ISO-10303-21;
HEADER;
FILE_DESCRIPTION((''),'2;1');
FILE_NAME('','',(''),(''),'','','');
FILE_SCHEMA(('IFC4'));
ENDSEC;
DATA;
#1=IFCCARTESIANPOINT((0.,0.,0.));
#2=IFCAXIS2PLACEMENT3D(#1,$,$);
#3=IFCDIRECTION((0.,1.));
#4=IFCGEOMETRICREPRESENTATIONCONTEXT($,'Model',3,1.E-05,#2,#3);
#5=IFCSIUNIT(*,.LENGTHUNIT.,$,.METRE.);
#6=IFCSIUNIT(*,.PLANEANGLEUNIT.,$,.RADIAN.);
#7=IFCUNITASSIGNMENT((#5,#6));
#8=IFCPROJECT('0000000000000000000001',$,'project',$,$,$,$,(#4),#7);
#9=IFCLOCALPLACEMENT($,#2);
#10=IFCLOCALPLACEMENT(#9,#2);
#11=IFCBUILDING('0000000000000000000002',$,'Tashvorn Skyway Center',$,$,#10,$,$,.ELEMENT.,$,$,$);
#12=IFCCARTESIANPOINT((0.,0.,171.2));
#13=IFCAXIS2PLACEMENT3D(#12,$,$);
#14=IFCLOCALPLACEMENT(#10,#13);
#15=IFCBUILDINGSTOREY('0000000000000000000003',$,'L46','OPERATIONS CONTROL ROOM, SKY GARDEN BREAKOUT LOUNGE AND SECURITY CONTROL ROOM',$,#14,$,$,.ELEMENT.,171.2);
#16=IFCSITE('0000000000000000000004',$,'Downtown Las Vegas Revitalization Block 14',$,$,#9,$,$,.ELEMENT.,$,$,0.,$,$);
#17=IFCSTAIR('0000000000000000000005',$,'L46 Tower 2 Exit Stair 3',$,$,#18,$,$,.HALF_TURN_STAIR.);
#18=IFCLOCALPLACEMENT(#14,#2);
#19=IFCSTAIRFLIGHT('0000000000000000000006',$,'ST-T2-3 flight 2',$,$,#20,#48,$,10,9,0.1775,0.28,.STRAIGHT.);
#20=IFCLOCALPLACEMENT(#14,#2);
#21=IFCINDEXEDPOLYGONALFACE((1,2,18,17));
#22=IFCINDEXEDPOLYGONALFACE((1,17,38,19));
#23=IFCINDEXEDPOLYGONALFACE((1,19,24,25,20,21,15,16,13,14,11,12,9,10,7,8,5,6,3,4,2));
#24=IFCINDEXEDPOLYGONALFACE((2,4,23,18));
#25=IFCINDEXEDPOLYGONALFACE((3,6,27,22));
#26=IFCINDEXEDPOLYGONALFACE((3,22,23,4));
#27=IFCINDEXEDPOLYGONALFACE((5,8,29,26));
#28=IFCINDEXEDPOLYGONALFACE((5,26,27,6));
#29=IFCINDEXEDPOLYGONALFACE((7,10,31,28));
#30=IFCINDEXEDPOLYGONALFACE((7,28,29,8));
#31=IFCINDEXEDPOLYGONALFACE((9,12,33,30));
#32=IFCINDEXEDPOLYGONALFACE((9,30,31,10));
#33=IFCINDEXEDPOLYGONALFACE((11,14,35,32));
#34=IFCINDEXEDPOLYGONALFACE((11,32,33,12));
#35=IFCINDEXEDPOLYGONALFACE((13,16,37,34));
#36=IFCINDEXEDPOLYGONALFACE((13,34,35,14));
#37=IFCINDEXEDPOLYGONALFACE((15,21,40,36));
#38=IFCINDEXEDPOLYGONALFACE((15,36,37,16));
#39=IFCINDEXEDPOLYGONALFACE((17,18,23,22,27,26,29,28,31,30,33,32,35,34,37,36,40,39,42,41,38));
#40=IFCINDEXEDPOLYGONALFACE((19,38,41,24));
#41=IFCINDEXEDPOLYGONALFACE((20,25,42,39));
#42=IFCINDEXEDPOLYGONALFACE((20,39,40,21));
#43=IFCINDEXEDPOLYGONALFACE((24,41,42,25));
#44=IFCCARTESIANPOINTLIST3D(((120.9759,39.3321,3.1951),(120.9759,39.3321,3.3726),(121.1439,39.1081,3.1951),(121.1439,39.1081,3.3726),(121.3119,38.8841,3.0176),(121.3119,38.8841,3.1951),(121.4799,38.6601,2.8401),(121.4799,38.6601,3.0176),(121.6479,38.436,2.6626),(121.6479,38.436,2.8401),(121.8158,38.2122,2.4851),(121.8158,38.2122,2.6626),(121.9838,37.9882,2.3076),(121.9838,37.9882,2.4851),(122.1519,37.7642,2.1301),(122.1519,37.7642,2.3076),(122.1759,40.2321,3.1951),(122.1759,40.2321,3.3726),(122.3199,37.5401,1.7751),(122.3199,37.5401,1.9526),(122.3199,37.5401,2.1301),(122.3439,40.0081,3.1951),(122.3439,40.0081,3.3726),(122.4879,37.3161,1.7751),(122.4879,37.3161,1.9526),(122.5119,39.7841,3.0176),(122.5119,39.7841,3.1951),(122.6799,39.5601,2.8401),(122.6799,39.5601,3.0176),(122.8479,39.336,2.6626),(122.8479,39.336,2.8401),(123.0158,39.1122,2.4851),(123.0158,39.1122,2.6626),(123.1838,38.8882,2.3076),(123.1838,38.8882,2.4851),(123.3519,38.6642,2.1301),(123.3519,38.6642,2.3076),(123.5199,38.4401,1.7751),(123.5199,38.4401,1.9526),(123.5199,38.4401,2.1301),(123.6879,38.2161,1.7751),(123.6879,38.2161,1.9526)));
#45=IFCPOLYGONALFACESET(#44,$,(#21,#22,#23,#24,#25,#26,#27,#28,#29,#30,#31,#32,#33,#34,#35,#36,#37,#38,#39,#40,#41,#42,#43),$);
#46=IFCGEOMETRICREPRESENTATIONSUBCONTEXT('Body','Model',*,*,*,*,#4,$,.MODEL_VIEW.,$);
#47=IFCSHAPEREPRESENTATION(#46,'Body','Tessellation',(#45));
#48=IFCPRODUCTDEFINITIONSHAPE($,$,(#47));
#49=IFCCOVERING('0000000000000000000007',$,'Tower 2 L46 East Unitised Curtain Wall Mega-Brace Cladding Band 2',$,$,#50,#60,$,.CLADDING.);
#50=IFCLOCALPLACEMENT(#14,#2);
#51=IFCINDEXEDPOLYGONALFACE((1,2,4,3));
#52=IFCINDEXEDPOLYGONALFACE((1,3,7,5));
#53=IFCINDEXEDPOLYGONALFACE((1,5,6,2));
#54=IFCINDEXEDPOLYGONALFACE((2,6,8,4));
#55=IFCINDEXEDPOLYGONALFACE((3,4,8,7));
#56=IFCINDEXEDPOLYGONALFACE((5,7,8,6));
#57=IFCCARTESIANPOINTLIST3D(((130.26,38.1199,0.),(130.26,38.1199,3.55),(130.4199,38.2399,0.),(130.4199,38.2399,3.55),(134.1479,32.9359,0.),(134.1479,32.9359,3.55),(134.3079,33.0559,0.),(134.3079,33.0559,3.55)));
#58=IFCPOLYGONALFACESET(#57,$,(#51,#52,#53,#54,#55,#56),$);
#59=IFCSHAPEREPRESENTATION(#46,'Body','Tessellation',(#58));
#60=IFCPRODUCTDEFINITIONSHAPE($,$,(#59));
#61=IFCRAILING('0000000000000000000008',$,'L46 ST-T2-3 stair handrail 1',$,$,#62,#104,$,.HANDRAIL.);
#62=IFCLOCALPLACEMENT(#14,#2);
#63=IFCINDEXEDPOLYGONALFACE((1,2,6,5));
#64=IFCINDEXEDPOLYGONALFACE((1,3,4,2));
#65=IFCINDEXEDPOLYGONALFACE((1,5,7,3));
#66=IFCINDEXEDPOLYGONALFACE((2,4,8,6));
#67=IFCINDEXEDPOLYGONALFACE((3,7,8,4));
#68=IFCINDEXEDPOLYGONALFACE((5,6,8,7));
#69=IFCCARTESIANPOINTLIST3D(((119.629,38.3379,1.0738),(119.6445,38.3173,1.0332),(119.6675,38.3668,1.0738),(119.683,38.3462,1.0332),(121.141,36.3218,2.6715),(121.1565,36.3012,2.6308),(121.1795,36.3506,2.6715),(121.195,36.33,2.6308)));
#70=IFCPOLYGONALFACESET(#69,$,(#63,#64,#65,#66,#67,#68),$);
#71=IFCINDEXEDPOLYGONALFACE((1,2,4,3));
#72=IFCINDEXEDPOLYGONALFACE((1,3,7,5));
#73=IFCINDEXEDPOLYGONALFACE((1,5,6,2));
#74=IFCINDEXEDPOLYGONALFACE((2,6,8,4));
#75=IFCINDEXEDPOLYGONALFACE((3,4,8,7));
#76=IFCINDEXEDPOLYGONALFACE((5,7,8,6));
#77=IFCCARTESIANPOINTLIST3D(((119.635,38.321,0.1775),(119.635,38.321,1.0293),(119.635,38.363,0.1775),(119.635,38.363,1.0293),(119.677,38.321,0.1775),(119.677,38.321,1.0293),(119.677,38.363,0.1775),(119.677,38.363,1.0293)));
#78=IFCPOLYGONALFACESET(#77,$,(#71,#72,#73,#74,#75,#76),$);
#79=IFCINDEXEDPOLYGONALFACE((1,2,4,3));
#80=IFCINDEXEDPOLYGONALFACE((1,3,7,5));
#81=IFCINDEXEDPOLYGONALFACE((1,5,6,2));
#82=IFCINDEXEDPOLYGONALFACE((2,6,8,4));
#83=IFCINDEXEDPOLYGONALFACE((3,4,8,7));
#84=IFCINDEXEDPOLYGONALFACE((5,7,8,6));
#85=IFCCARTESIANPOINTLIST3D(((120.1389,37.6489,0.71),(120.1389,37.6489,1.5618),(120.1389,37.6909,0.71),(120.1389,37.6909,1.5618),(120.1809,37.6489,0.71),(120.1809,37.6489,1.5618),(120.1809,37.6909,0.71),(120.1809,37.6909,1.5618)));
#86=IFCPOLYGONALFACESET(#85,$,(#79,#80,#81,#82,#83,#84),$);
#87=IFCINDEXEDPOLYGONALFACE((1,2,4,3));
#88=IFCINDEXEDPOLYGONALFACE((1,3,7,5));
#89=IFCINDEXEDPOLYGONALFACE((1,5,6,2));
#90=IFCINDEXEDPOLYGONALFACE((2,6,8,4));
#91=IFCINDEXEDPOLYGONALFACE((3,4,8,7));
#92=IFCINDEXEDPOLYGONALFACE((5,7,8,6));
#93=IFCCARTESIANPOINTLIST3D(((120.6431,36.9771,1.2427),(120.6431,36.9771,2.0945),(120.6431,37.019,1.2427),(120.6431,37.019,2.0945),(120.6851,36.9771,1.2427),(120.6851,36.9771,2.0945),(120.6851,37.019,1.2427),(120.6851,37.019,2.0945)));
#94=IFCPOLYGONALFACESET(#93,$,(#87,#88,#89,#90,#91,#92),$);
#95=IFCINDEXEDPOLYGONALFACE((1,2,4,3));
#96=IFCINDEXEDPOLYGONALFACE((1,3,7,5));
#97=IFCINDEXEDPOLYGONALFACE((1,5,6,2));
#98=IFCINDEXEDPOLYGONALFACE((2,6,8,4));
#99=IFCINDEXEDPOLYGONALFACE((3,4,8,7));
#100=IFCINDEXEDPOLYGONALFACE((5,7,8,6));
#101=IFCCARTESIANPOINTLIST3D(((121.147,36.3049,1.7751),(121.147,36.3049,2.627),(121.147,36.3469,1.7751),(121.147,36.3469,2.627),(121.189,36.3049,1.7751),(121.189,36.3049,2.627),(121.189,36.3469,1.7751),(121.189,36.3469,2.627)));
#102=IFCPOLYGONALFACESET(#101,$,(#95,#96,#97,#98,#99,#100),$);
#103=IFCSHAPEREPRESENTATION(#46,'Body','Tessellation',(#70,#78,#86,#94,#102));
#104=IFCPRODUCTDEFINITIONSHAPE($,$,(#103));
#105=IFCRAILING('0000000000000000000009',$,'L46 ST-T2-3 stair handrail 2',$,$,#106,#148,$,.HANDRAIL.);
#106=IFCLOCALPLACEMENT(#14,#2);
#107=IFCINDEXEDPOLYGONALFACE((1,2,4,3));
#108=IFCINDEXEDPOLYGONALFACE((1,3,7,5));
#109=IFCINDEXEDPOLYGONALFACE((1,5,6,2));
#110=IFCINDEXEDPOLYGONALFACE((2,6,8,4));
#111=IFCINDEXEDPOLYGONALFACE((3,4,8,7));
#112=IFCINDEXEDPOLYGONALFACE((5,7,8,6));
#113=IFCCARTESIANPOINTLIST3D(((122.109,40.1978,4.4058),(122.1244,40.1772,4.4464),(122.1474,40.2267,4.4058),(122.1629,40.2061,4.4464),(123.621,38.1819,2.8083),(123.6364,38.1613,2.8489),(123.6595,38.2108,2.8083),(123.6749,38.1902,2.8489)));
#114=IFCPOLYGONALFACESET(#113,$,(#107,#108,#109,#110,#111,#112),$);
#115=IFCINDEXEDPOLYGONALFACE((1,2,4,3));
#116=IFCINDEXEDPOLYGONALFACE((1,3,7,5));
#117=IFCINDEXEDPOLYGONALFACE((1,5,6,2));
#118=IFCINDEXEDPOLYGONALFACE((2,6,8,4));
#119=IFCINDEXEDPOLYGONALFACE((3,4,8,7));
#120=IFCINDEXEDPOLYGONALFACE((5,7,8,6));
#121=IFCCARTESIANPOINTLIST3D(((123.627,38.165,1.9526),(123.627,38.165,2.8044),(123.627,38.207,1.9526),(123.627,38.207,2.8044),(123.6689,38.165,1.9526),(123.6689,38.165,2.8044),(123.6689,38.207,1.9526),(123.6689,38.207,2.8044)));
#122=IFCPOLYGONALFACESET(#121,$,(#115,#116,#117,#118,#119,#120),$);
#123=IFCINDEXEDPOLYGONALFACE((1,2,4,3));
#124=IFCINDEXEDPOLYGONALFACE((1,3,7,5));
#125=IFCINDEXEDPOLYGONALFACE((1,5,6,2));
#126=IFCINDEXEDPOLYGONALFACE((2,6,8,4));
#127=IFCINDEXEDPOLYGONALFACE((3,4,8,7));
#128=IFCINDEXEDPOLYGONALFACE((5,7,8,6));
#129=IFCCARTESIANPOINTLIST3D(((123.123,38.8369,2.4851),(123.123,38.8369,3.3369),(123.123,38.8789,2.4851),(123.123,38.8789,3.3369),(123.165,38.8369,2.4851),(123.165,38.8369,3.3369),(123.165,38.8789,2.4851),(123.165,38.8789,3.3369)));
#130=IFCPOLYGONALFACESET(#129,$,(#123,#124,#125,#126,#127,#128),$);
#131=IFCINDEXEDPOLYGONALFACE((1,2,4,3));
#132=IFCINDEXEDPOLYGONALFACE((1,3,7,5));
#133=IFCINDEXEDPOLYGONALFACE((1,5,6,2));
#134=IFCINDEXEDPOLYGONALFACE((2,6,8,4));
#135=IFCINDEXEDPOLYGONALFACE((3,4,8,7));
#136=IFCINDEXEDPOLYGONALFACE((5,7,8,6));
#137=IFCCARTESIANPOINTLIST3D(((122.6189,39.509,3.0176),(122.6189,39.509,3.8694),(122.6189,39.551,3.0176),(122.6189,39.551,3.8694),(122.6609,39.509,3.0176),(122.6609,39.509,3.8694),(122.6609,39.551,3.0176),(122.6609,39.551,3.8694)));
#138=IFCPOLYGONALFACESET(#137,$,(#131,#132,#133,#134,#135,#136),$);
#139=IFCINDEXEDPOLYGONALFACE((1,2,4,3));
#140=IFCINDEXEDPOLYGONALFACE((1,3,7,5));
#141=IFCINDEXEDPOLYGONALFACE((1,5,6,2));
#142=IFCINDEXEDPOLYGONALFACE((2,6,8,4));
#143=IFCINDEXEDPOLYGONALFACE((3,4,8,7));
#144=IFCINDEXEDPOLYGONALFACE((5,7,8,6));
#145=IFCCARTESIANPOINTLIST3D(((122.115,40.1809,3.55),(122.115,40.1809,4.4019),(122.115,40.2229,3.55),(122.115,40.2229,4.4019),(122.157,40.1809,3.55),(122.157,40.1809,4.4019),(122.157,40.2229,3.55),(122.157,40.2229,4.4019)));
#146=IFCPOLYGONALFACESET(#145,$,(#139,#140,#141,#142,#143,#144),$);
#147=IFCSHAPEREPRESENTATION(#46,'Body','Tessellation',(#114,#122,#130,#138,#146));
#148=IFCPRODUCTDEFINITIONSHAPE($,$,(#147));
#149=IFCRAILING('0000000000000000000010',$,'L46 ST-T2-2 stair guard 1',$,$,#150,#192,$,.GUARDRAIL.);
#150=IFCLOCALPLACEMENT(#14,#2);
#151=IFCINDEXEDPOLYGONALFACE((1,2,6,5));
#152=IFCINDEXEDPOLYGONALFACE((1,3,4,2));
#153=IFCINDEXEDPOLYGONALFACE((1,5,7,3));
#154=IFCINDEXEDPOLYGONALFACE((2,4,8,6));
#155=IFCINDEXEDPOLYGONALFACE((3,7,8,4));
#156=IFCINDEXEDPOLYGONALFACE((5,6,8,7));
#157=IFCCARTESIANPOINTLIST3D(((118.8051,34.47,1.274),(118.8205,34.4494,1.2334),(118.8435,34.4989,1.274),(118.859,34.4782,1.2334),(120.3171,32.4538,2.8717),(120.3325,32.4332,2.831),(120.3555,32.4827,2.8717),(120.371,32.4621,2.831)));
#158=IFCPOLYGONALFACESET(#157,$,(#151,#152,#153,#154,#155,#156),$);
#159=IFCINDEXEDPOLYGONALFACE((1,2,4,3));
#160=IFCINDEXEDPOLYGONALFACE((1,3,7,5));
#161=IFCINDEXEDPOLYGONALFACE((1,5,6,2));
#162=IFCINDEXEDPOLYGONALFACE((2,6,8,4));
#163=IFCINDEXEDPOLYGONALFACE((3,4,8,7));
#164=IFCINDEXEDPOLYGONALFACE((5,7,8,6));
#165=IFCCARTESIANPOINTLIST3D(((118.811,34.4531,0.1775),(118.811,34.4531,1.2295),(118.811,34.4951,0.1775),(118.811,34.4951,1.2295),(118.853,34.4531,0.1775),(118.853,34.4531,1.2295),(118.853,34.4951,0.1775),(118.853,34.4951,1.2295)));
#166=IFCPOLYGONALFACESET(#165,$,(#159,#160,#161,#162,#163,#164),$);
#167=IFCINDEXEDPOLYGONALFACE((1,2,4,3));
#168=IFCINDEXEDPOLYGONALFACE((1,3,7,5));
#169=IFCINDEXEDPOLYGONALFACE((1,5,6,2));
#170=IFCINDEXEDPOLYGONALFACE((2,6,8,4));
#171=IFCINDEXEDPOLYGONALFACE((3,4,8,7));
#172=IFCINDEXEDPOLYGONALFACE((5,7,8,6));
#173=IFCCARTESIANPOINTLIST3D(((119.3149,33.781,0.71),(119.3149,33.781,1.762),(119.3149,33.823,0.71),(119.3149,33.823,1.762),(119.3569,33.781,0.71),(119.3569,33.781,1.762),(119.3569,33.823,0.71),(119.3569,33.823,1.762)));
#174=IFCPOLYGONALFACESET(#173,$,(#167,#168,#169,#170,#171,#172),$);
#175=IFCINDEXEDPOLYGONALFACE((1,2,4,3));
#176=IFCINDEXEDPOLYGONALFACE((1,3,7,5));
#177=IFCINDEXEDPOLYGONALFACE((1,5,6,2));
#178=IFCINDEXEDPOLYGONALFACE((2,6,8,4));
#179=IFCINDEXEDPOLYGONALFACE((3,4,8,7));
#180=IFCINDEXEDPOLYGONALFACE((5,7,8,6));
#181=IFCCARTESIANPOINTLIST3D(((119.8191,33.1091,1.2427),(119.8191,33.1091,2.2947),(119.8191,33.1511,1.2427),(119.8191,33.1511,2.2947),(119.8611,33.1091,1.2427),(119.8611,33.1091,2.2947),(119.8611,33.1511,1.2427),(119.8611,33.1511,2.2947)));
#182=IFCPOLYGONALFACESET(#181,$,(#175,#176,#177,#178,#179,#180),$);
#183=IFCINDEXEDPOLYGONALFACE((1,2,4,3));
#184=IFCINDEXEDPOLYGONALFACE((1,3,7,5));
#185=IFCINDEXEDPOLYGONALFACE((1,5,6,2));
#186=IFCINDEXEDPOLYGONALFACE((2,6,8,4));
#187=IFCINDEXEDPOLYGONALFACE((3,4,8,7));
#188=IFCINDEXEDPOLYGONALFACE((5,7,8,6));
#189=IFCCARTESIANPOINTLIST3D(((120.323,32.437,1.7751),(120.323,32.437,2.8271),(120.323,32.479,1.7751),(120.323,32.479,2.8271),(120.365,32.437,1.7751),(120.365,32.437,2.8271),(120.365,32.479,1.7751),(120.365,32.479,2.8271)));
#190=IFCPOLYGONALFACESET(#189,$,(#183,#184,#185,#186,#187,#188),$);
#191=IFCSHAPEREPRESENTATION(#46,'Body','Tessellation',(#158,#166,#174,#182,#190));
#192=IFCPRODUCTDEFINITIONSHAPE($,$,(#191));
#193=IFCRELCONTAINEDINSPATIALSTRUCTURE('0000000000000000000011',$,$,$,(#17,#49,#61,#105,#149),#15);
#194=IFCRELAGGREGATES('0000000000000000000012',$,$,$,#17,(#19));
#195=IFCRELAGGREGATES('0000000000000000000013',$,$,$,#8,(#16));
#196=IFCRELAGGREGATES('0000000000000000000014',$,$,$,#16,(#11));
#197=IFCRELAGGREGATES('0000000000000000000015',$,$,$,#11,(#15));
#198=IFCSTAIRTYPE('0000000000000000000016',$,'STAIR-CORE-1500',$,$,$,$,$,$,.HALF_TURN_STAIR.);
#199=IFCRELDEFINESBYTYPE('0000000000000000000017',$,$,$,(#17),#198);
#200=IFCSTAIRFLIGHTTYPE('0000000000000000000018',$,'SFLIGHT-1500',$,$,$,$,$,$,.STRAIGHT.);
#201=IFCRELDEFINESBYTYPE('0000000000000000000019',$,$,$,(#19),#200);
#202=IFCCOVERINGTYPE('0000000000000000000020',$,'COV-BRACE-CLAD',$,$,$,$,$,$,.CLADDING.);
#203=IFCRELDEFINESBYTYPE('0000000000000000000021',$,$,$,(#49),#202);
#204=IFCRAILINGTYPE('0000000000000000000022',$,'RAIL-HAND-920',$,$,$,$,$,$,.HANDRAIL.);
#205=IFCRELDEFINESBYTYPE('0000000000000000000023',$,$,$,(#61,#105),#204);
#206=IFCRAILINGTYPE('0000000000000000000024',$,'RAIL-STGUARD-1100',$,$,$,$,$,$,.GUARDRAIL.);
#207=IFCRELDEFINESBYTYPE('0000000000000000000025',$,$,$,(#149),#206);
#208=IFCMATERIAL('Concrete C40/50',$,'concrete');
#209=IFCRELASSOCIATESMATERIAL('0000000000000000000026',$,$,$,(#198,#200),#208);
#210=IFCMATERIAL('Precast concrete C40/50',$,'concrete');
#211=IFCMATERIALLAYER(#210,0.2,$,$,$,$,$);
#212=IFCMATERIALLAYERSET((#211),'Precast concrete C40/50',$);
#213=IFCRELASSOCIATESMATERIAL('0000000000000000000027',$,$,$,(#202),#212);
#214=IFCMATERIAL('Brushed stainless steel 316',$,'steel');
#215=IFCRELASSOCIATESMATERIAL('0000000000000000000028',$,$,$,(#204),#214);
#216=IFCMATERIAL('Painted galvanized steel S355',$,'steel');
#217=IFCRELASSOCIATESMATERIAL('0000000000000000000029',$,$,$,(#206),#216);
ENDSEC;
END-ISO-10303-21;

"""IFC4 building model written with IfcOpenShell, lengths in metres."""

from ifc_helpers import new_model, si_unit, direction, frame, origin, origin_2d, place, context, subcontext, project, spatial, polyline, rectangle, outline, extrude, material, layer, layer_set, type_object, element, aggregate, save


model = new_model("IFC4")

# Units and contexts
model_context = context("Model", 3, precision=1e-05, world=origin(), true_north=direction((0.0, 1.0)))
body_context = subcontext(model_context, "Body", "Model", "MODEL_VIEW")
ifc_project = project(units=[si_unit("LENGTHUNIT", "METRE"), si_unit("PLANEANGLEUNIT", "RADIAN")], contexts=[model_context])

# Site, building, storey
site_placement = place(None, origin())
site = spatial("IfcSite", under=ifc_project, at=site_placement, Name="Downtown Las Vegas Revitalization Block 14", CompositionType="ELEMENT", RefElevation=0.0)
building_placement = place(site_placement, origin())
building = spatial("IfcBuilding", under=site, at=building_placement, Name="Tashvorn Skyway Center", CompositionType="ELEMENT")
storey_placement = place(building_placement, frame((0.0, 0.0, 171.2)))
storey = spatial("IfcBuildingStorey", under=building, at=storey_placement, Name="L46", Description="OPERATIONS CONTROL ROOM, SKY GARDEN BREAKOUT LOUNGE AND SECURITY CONTROL ROOM", CompositionType="ELEMENT", Elevation=171.2)

# Shared definitions
ifc_material_1 = material(Name="Concrete C40/50", Category="concrete")

# Shared definitions
stair_type = type_object("IfcStairType", Name="STAIR-CORE-1500", PredefinedType="HALF_TURN_STAIR", material=ifc_material_1)
stair_flight_type = type_object("IfcStairFlightType", Name="SFLIGHT-1500", PredefinedType="STRAIGHT", material=ifc_material_1)

# Stair, stair flight
stair_1_placement = place(storey_placement, origin())
stair_1 = element("IfcStair", 1, at=stair_1_placement, inside=storey, type_object=stair_type, Name="L46 Tower 2 Exit Stair 3", PredefinedType="HALF_TURN_STAIR")
stair_flight_1_placement = place(storey_placement, frame((123.0879, 37.7661, 1.7751), z_axis=(0.0, 0.0, 1.0), x_axis=(-0.6, 0.8, 0.0)))
stair_flight_1 = element("IfcStairFlight", 2, at=stair_flight_1_placement, type_object=stair_flight_type, Name="ST-T2-3 flight 2", NumberOfRisers=10, NumberOfTreads=9, PredefinedType="STRAIGHT", RiserHeight=0.1775, TreadLength=0.28, context=body_context, shape_type="SweptSolid", body=[
    extrude(outline(polyline([(0.0, 0.0), (0.0, 0.1775), (0.28, 0.1775), (0.28, 0.355), (0.5601, 0.355), (0.5601, 0.5325), (0.8401, 0.5325), (0.8401, 0.71), (1.1201, 0.71), (1.1201, 0.8875), (1.3999, 0.8875), (1.3999, 1.0649), (1.6799, 1.0649), (1.6799, 1.2424), (1.96, 1.2424), (1.96, 1.4199), (2.24, 1.4199), (2.24, 1.5974), (2.52, 1.5974), (2.52, 1.7749), (2.52, 1.4199), (0.28, 0.0), (0.0, 0.0)])), frame((0.0, 0.75, 0.0), z_axis=(0.0, -1.0, 0.0), x_axis=(1.0, 0.0, 0.0)), (0.0, 0.0, 1.0), 1.5),
])
aggregate(stair_1, [stair_flight_1])

# Covering
ifc_material_2 = material(Name="Precast concrete C40/50", Category="concrete")
ifc_layer_1 = layer(ifc_material_2, 0.2)
ifc_layer_set_1 = layer_set([ifc_layer_1], Name="Precast concrete C40/50")
covering_type = type_object("IfcCoveringType", Name="COV-BRACE-CLAD", PredefinedType="CLADDING", material=ifc_layer_set_1)
covering_placement = place(storey_placement, frame((132.2839, 35.5879, 0.0), z_axis=(0.0, 0.0, 1.0), x_axis=(0.6, -0.8, 0.0)))
element("IfcCovering", 3, at=covering_placement, inside=storey, type_object=covering_type, Name="Tower 2 L46 East Unitised Curtain Wall Mega-Brace Cladding Band 2", PredefinedType="CLADDING", context=body_context, shape_type="SweptSolid", body=[
    extrude(rectangle(XDim=6.48, YDim=0.2, at=origin_2d()), origin(), (0.0, 0.0, 1.0), 3.55),
])

# Railings
ifc_material_3 = material(Name="Brushed stainless steel 316", Category="steel")
railing_type_1 = type_object("IfcRailingType", Name="RAIL-HAND-920", PredefinedType="HANDRAIL", material=ifc_material_3)
railing_1_placement = place(storey_placement, frame((119.656, 38.342, 0.1775)))
element("IfcRailing", 4, at=railing_1_placement, inside=storey, type_object=railing_type_1, Name="L46 ST-T2-3 stair handrail 1", PredefinedType="HANDRAIL", context=body_context, shape_type="SweptSolid", body=[
    extrude(rectangle(XDim=0.0481, YDim=0.0481, at=origin_2d()), frame((0.0, 0.0, 0.876), z_axis=(0.506719, -0.675679, 0.535438), x_axis=(0.800023, 0.599969, 0.0)), (0.0, 0.0, 1.0), 2.9839),
    extrude(rectangle(XDim=0.042, YDim=0.042, at=origin_2d()), origin(), (0.0, 0.0, 1.0), 0.8518),
    extrude(rectangle(XDim=0.042, YDim=0.042, at=origin_2d()), frame((0.5039, -0.6721, 0.5325)), (0.0, 0.0, 1.0), 0.8518),
    extrude(rectangle(XDim=0.042, YDim=0.042, at=origin_2d()), frame((1.0081, -1.344, 1.0652)), (0.0, 0.0, 1.0), 0.8518),
    extrude(rectangle(XDim=0.042, YDim=0.042, at=origin_2d()), frame((1.512, -2.0161, 1.5977)), (0.0, 0.0, 1.0), 0.8518),
])
railing_2_placement = place(storey_placement, frame((123.6479, 38.186, 1.9526)))
element("IfcRailing", 5, at=railing_2_placement, inside=storey, type_object=railing_type_1, Name="L46 ST-T2-3 stair handrail 2", PredefinedType="HANDRAIL", context=body_context, shape_type="SweptSolid", body=[
    extrude(rectangle(XDim=0.0481, YDim=0.0481, at=origin_2d()), frame((0.0, 0.0, 0.876), z_axis=(-0.506769, 0.675664, 0.535409), x_axis=(-0.799988, -0.600016, 0.0)), (0.0, 0.0, 1.0), 2.9836),
    extrude(rectangle(XDim=0.042, YDim=0.042, at=origin_2d()), origin(), (0.0, 0.0, 1.0), 0.8518),
    extrude(rectangle(XDim=0.042, YDim=0.042, at=origin_2d()), frame((-0.5039, 0.6719, 0.5325)), (0.0, 0.0, 1.0), 0.8518),
    extrude(rectangle(XDim=0.042, YDim=0.042, at=origin_2d()), frame((-1.0081, 1.344, 1.0649)), (0.0, 0.0, 1.0), 0.8518),
    extrude(rectangle(XDim=0.042, YDim=0.042, at=origin_2d()), frame((-1.512, 2.0159, 1.5974)), (0.0, 0.0, 1.0), 0.8518),
])
ifc_material_4 = material(Name="Painted galvanized steel S355", Category="steel")
railing_type_2 = type_object("IfcRailingType", Name="RAIL-STGUARD-1100", PredefinedType="GUARDRAIL", material=ifc_material_4)
railing_3_placement = place(storey_placement, frame((118.832, 34.4741, 0.1775)))
element("IfcRailing", 6, at=railing_3_placement, inside=storey, type_object=railing_type_2, Name="L46 ST-T2-2 stair guard 1", PredefinedType="GUARDRAIL", context=body_context, shape_type="SweptSolid", body=[
    extrude(rectangle(XDim=0.0481, YDim=0.0481, at=origin_2d()), frame((0.0, 0.0, 1.0762), z_axis=(0.506719, -0.675679, 0.535438), x_axis=(0.800023, 0.599969, 0.0)), (0.0, 0.0, 1.0), 2.9839),
    extrude(rectangle(XDim=0.042, YDim=0.042, at=origin_2d()), origin(), (0.0, 0.0, 1.0), 1.052),
    extrude(rectangle(XDim=0.042, YDim=0.042, at=origin_2d()), frame((0.5039, -0.6721, 0.5325)), (0.0, 0.0, 1.0), 1.052),
    extrude(rectangle(XDim=0.042, YDim=0.042, at=origin_2d()), frame((1.0081, -1.344, 1.0652)), (0.0, 0.0, 1.0), 1.052),
    extrude(rectangle(XDim=0.042, YDim=0.042, at=origin_2d()), frame((1.512, -2.0161, 1.5977)), (0.0, 0.0, 1.0), 1.052),
])

save(model, "model.ifc")
